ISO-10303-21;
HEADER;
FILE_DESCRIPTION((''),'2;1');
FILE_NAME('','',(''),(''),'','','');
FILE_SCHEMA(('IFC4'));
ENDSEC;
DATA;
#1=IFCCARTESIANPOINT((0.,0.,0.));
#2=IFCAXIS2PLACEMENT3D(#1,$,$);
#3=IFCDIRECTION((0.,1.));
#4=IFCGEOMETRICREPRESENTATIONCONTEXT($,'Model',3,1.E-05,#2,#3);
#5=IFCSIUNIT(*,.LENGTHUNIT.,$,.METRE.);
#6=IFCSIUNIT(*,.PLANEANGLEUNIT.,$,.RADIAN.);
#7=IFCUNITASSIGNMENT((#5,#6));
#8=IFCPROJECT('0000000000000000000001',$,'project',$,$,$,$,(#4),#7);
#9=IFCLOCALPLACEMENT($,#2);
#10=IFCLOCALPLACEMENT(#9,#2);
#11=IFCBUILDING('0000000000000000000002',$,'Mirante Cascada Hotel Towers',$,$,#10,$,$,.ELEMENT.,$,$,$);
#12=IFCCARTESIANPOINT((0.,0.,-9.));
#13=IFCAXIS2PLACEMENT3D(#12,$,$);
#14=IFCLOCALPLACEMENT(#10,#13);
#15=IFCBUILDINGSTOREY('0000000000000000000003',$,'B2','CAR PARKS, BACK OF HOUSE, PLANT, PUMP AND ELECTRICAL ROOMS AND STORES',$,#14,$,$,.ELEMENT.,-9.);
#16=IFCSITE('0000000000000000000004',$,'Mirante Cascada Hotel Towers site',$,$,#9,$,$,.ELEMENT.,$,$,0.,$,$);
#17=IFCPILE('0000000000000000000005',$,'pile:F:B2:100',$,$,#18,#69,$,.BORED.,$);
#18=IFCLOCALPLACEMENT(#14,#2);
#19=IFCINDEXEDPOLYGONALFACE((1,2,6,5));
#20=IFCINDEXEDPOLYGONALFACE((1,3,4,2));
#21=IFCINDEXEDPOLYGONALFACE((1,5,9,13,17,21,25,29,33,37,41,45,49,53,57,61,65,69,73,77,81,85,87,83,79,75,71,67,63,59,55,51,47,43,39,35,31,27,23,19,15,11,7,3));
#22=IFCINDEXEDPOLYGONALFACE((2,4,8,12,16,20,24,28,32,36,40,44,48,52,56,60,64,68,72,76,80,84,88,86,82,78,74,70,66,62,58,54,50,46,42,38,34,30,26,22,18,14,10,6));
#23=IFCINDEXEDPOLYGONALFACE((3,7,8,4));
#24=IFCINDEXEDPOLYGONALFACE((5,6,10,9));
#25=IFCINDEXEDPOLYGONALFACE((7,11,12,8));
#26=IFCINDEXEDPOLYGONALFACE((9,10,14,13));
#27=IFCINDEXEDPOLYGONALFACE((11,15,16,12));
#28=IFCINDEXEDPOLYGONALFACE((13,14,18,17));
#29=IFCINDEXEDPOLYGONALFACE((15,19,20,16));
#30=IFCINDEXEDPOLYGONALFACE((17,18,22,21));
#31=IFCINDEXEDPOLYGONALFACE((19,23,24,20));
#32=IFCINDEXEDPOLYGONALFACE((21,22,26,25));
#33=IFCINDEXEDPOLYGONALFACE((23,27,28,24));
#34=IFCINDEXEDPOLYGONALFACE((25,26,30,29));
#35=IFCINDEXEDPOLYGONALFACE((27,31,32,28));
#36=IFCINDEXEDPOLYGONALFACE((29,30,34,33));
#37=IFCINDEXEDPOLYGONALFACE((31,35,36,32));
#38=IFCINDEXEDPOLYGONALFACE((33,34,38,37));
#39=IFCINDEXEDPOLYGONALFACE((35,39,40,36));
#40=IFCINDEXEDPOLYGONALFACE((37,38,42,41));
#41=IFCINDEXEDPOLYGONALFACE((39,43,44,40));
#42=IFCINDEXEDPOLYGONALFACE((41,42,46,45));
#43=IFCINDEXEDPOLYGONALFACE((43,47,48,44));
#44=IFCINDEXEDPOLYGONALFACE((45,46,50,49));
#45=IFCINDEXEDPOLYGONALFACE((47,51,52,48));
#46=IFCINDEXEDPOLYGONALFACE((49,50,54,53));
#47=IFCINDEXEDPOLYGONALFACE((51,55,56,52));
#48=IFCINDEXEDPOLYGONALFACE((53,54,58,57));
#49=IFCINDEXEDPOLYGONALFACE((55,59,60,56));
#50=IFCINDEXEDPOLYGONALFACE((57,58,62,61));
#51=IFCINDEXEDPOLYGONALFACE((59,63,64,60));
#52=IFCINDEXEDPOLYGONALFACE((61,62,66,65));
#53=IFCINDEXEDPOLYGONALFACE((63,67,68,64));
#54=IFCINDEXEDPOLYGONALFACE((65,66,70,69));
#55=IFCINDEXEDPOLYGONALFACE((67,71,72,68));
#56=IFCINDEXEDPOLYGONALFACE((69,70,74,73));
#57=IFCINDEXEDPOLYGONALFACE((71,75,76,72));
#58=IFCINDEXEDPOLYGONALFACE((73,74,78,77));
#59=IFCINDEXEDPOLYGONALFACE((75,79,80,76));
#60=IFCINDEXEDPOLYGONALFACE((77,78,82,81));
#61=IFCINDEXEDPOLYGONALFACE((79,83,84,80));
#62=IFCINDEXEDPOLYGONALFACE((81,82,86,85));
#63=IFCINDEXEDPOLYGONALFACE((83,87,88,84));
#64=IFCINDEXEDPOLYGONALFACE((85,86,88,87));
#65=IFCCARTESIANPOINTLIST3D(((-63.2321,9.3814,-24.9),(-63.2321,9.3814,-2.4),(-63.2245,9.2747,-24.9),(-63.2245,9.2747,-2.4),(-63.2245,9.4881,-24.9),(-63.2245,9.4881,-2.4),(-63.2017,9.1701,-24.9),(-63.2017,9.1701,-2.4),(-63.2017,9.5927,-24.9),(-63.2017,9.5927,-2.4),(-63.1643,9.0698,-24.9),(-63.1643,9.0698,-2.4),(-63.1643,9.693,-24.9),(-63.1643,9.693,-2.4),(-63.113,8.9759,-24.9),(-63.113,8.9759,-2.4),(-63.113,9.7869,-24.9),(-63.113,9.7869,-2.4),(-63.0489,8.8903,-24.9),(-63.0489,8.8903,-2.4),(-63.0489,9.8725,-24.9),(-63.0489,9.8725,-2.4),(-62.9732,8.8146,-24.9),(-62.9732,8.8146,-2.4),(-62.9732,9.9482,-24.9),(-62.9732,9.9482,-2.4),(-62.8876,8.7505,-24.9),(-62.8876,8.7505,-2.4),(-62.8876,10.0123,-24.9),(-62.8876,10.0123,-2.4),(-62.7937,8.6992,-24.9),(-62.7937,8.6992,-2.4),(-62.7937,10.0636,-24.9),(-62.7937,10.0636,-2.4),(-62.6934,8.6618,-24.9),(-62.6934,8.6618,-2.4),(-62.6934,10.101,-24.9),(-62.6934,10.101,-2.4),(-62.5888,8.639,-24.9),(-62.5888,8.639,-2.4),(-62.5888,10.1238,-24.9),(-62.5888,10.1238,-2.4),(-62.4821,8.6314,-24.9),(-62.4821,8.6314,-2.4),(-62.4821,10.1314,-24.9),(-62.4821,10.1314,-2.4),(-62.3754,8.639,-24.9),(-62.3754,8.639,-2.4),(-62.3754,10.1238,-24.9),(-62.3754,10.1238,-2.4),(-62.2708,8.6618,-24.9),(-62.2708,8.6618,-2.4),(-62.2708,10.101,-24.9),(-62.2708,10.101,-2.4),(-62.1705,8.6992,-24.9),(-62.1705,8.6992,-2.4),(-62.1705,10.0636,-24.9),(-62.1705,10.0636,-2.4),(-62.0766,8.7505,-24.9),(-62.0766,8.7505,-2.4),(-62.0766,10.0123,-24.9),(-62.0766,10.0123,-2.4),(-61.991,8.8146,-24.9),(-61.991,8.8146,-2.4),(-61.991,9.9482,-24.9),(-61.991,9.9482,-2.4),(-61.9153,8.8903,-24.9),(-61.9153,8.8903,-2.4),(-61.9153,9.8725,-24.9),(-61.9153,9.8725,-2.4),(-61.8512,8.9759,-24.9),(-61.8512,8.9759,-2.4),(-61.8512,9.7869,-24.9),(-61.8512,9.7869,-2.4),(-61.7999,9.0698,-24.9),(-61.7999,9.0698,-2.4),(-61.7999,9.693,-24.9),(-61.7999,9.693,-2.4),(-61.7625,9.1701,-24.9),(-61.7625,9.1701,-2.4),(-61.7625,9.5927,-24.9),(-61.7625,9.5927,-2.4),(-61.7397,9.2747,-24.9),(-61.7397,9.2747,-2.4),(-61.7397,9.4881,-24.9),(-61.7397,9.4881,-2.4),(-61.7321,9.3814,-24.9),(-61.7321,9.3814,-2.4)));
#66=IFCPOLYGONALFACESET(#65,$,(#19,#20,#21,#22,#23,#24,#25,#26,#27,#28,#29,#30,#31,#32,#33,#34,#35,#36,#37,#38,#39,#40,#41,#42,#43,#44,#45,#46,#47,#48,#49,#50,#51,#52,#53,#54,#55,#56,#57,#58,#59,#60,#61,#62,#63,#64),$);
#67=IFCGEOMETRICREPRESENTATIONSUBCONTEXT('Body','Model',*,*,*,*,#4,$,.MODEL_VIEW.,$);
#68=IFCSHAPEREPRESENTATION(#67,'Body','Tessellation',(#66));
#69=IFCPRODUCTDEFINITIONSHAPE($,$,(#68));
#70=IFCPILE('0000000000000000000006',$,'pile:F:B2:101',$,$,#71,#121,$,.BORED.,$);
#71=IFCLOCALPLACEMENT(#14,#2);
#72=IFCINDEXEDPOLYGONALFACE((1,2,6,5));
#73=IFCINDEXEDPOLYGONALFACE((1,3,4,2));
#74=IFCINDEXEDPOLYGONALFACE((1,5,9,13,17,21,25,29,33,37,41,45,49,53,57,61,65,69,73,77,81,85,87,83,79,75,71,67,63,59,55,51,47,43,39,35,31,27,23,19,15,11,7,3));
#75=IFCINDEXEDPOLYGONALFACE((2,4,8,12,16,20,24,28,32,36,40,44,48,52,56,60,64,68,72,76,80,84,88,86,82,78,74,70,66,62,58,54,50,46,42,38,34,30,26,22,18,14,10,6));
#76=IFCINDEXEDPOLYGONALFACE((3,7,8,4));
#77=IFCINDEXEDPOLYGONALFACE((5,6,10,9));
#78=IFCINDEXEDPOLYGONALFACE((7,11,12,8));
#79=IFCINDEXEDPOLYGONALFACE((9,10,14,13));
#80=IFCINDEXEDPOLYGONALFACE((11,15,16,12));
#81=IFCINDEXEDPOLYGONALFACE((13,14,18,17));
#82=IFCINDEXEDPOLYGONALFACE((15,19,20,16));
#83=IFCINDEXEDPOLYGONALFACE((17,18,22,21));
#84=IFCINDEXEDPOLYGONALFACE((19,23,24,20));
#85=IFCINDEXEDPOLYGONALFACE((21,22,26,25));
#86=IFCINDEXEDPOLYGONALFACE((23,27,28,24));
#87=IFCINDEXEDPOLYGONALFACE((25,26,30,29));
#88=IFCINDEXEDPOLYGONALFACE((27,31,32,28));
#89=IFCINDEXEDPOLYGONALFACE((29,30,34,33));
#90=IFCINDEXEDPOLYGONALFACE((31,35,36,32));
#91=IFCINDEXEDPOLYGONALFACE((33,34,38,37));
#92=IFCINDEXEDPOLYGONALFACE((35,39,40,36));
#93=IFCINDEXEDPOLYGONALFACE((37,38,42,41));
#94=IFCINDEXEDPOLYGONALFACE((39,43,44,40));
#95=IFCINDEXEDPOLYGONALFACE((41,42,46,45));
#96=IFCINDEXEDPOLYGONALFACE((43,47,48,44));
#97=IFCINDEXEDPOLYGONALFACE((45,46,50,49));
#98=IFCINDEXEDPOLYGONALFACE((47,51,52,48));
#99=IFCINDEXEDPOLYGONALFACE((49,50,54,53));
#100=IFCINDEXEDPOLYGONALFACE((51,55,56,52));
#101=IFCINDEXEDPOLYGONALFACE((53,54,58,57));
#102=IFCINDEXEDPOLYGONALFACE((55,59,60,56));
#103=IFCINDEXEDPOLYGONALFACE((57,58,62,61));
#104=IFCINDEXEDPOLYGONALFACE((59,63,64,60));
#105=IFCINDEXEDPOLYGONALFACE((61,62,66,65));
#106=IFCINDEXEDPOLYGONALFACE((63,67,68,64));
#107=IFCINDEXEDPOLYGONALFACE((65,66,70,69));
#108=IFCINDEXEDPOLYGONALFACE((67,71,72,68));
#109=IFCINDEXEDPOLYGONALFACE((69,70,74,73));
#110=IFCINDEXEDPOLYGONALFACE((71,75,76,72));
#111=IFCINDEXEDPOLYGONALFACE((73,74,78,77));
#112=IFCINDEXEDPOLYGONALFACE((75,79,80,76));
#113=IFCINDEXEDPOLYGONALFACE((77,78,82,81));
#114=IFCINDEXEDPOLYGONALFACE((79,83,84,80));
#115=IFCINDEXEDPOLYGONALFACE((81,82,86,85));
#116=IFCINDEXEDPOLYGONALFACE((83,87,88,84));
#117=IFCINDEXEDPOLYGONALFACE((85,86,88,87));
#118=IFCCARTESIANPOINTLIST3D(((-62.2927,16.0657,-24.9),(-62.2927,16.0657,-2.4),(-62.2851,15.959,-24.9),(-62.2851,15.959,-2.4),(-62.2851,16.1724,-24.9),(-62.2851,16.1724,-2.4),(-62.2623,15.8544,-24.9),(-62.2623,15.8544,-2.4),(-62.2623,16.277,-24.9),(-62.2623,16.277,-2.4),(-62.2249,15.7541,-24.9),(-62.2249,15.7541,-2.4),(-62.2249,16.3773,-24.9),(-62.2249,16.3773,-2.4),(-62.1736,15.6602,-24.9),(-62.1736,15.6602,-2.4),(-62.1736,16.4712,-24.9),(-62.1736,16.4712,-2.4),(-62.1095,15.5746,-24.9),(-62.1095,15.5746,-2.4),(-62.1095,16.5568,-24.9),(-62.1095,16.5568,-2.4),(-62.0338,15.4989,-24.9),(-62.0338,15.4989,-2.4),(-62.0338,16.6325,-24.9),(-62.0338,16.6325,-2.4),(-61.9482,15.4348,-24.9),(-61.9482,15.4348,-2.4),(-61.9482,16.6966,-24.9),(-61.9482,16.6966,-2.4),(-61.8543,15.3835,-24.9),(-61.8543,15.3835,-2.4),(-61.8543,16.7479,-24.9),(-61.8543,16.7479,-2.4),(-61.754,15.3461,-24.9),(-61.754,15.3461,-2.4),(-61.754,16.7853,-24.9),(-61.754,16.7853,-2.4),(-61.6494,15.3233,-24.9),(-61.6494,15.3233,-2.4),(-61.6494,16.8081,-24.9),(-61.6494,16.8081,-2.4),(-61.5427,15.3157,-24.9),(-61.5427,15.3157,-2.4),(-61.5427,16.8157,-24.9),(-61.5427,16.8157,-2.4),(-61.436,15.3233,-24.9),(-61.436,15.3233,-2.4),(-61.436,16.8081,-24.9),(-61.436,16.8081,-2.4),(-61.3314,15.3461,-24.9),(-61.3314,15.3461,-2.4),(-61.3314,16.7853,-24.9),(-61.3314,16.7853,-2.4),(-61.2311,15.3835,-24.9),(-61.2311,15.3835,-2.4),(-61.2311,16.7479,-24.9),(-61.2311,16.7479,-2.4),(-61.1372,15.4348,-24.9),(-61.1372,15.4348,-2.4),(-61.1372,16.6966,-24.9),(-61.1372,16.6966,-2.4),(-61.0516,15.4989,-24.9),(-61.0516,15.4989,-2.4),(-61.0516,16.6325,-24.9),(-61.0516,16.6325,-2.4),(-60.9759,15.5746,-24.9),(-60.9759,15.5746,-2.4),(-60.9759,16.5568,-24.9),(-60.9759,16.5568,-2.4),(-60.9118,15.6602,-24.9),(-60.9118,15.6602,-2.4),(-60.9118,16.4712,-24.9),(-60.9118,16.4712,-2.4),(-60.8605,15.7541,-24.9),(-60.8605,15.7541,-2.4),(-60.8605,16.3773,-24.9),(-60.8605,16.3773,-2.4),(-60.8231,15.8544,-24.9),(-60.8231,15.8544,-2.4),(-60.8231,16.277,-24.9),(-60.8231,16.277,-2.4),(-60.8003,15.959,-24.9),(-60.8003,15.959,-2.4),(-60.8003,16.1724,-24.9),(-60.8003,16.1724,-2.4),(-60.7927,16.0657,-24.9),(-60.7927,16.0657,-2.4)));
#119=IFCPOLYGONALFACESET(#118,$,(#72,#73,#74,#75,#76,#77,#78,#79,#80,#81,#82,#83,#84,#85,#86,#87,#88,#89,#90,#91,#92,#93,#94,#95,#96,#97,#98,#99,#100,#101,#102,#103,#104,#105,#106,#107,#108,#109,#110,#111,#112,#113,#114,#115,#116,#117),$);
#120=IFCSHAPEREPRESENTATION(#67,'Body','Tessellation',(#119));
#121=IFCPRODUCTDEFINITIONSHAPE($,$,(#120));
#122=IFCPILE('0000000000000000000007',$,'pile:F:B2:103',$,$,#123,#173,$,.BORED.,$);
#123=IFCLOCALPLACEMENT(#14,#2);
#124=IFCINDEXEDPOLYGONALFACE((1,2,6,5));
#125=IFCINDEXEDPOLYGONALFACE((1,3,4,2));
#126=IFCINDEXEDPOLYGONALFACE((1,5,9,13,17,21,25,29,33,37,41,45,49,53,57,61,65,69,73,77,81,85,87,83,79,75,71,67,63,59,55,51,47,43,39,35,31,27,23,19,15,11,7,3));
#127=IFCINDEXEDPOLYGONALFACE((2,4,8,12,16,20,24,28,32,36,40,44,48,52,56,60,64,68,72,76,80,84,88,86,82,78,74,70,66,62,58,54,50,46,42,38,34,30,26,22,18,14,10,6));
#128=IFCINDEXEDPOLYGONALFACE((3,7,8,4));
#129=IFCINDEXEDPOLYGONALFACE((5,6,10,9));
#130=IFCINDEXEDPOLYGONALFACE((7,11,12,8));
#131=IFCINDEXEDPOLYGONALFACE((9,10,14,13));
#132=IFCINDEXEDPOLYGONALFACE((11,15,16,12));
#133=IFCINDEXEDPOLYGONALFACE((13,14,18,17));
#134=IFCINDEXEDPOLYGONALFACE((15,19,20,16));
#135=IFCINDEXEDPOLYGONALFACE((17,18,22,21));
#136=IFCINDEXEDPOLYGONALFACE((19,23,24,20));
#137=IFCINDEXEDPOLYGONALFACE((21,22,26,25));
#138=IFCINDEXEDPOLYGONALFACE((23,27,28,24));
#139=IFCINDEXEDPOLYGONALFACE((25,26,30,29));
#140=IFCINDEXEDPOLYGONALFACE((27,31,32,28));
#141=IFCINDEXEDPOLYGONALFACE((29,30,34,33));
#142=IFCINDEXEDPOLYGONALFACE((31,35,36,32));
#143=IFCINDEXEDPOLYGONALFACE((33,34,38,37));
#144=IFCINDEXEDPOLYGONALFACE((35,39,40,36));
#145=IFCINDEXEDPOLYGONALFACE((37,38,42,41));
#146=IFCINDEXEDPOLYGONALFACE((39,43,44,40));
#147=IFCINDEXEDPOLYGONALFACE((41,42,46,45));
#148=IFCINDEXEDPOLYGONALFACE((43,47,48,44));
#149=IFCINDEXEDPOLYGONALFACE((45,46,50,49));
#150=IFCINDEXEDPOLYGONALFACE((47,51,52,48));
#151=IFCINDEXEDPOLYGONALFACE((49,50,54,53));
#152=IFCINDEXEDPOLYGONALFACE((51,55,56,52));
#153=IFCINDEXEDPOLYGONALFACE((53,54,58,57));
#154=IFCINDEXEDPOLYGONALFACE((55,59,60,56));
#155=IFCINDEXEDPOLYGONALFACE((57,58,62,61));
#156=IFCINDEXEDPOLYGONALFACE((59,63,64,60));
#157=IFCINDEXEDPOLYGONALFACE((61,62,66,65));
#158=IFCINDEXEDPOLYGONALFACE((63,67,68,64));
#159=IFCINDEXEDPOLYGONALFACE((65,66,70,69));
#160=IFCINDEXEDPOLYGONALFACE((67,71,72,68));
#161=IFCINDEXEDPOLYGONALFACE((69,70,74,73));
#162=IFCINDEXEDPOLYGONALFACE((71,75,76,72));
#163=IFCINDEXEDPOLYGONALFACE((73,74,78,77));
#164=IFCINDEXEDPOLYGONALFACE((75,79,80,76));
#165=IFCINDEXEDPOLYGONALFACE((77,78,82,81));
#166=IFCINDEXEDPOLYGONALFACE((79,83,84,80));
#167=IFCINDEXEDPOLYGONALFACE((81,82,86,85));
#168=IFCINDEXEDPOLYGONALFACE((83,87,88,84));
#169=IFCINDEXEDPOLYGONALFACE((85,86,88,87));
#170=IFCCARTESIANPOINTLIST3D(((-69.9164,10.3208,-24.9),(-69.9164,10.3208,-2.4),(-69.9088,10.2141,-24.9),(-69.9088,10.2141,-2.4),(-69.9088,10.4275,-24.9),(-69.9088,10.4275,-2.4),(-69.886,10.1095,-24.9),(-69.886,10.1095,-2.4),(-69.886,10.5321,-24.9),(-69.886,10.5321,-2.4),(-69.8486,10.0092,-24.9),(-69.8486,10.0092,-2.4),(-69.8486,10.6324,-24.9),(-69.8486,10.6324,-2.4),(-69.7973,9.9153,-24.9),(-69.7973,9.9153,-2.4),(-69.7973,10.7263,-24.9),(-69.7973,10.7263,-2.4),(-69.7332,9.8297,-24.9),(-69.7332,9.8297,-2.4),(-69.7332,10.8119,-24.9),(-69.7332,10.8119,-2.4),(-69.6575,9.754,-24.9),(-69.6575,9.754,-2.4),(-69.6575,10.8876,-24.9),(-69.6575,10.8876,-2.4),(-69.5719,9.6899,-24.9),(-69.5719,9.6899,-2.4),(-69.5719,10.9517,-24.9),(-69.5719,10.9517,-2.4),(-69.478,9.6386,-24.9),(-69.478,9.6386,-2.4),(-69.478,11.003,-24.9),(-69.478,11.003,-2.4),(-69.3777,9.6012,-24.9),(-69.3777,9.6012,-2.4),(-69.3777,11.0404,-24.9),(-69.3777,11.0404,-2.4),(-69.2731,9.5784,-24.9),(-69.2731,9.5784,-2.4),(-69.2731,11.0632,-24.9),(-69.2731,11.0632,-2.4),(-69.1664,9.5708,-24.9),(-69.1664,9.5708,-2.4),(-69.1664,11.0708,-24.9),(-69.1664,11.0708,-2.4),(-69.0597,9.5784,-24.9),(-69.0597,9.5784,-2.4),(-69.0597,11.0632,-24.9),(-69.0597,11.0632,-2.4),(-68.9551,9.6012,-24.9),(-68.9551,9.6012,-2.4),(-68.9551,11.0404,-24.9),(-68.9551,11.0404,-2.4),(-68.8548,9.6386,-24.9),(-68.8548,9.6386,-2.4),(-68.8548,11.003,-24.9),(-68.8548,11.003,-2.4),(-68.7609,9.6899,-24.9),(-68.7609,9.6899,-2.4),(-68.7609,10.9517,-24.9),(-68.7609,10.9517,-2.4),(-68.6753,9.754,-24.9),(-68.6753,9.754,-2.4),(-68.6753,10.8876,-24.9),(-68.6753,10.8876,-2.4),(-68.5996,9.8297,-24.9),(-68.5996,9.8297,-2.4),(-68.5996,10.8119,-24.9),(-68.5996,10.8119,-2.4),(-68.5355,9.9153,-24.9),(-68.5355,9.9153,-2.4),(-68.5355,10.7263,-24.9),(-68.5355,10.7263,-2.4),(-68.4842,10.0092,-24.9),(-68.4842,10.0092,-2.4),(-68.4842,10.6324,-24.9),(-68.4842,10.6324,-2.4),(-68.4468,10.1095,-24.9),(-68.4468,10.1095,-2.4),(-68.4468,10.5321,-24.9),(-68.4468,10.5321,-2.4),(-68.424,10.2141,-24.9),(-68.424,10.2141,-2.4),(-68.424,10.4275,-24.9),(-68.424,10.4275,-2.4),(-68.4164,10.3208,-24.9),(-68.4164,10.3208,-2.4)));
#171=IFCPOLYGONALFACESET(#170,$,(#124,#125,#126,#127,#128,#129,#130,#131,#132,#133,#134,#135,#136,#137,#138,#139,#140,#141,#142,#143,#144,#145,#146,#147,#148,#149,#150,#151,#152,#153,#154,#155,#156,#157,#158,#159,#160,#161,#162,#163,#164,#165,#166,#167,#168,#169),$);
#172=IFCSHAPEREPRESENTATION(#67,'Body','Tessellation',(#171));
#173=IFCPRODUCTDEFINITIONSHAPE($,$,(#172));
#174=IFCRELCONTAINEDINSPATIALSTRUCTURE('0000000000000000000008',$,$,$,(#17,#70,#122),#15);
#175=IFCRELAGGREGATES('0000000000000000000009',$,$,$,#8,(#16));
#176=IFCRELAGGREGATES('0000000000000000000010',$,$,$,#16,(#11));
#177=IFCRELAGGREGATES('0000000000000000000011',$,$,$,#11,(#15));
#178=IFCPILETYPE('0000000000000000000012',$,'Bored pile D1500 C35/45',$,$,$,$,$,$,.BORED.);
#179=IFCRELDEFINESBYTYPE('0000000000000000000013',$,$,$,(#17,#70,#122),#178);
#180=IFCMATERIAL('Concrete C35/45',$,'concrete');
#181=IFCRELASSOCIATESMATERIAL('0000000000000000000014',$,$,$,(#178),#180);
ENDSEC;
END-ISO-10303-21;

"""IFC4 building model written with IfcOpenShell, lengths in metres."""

from ifc_helpers import new_model, si_unit, direction, frame, origin, origin_2d, place, context, subcontext, project, spatial, circle, extrude, material, material_profile, profile_set, type_object, element, save


model = new_model("IFC4")

# Units and contexts
model_context = context("Model", 3, precision=1e-05, world=origin(), true_north=direction((0.0, 1.0)))
body_context = subcontext(model_context, "Body", "Model", "MODEL_VIEW")
ifc_project = project(units=[si_unit("LENGTHUNIT", "METRE"), si_unit("PLANEANGLEUNIT", "RADIAN")], contexts=[model_context])

# Site, building, storey
site_placement = place(None, origin())
site = spatial("IfcSite", under=ifc_project, at=site_placement, Name="Mirante Cascada Hotel Towers site", CompositionType="ELEMENT", RefElevation=0.0)
building_placement = place(site_placement, origin())
building = spatial("IfcBuilding", under=site, at=building_placement, Name="Mirante Cascada Hotel Towers", CompositionType="ELEMENT")
storey_placement = place(building_placement, frame((0.0, 0.0, -9.0)))
storey = spatial("IfcBuildingStorey", under=building, at=storey_placement, Name="B2", Description="CAR PARKS, BACK OF HOUSE, PLANT, PUMP AND ELECTRICAL ROOMS AND STORES", CompositionType="ELEMENT", Elevation=-9.0)

# Piles
ifc_material_1 = material(Name="Concrete C35/45", Category="concrete")
ifc_material_profile_1 = material_profile(ifc_material_1, circle(Radius=0.75, at=origin_2d()), Name="RC D1500")
ifc_profile_set_1 = profile_set([ifc_material_profile_1], Name="Concrete C35/45")
pile_type = type_object("IfcPileType", Name="Bored pile D1500 C35/45", PredefinedType="BORED", material=ifc_profile_set_1)
for number, where, z_axis, x_axis, name in (
    (1, (-62.4821, 9.3814, -2.4), (0.0, 0.0, -1.0), (1.0, 0.0, 0.0), "pile:F:B2:100"),
    (2, (-61.5427, 16.0657, -2.4), (0.0, 0.0, -1.0), (1.0, 0.0, 0.0), "pile:F:B2:101"),
    (3, (-69.1664, 10.3208, -2.4), (0.0, 0.0, -1.0), (1.0, 0.0, 0.0), "pile:F:B2:103"),
):
    element("IfcPile", number, at=place(storey_placement, frame(where, z_axis=z_axis, x_axis=x_axis)), inside=storey, type_object=pile_type, Name=name, PredefinedType="BORED", context=body_context, shape_type="SweptSolid", body=[
        extrude(circle(Radius=0.75, at=origin_2d()), origin(), (0.0, 0.0, 1.0), 22.5),
    ])

save(model, "model.ifc")
